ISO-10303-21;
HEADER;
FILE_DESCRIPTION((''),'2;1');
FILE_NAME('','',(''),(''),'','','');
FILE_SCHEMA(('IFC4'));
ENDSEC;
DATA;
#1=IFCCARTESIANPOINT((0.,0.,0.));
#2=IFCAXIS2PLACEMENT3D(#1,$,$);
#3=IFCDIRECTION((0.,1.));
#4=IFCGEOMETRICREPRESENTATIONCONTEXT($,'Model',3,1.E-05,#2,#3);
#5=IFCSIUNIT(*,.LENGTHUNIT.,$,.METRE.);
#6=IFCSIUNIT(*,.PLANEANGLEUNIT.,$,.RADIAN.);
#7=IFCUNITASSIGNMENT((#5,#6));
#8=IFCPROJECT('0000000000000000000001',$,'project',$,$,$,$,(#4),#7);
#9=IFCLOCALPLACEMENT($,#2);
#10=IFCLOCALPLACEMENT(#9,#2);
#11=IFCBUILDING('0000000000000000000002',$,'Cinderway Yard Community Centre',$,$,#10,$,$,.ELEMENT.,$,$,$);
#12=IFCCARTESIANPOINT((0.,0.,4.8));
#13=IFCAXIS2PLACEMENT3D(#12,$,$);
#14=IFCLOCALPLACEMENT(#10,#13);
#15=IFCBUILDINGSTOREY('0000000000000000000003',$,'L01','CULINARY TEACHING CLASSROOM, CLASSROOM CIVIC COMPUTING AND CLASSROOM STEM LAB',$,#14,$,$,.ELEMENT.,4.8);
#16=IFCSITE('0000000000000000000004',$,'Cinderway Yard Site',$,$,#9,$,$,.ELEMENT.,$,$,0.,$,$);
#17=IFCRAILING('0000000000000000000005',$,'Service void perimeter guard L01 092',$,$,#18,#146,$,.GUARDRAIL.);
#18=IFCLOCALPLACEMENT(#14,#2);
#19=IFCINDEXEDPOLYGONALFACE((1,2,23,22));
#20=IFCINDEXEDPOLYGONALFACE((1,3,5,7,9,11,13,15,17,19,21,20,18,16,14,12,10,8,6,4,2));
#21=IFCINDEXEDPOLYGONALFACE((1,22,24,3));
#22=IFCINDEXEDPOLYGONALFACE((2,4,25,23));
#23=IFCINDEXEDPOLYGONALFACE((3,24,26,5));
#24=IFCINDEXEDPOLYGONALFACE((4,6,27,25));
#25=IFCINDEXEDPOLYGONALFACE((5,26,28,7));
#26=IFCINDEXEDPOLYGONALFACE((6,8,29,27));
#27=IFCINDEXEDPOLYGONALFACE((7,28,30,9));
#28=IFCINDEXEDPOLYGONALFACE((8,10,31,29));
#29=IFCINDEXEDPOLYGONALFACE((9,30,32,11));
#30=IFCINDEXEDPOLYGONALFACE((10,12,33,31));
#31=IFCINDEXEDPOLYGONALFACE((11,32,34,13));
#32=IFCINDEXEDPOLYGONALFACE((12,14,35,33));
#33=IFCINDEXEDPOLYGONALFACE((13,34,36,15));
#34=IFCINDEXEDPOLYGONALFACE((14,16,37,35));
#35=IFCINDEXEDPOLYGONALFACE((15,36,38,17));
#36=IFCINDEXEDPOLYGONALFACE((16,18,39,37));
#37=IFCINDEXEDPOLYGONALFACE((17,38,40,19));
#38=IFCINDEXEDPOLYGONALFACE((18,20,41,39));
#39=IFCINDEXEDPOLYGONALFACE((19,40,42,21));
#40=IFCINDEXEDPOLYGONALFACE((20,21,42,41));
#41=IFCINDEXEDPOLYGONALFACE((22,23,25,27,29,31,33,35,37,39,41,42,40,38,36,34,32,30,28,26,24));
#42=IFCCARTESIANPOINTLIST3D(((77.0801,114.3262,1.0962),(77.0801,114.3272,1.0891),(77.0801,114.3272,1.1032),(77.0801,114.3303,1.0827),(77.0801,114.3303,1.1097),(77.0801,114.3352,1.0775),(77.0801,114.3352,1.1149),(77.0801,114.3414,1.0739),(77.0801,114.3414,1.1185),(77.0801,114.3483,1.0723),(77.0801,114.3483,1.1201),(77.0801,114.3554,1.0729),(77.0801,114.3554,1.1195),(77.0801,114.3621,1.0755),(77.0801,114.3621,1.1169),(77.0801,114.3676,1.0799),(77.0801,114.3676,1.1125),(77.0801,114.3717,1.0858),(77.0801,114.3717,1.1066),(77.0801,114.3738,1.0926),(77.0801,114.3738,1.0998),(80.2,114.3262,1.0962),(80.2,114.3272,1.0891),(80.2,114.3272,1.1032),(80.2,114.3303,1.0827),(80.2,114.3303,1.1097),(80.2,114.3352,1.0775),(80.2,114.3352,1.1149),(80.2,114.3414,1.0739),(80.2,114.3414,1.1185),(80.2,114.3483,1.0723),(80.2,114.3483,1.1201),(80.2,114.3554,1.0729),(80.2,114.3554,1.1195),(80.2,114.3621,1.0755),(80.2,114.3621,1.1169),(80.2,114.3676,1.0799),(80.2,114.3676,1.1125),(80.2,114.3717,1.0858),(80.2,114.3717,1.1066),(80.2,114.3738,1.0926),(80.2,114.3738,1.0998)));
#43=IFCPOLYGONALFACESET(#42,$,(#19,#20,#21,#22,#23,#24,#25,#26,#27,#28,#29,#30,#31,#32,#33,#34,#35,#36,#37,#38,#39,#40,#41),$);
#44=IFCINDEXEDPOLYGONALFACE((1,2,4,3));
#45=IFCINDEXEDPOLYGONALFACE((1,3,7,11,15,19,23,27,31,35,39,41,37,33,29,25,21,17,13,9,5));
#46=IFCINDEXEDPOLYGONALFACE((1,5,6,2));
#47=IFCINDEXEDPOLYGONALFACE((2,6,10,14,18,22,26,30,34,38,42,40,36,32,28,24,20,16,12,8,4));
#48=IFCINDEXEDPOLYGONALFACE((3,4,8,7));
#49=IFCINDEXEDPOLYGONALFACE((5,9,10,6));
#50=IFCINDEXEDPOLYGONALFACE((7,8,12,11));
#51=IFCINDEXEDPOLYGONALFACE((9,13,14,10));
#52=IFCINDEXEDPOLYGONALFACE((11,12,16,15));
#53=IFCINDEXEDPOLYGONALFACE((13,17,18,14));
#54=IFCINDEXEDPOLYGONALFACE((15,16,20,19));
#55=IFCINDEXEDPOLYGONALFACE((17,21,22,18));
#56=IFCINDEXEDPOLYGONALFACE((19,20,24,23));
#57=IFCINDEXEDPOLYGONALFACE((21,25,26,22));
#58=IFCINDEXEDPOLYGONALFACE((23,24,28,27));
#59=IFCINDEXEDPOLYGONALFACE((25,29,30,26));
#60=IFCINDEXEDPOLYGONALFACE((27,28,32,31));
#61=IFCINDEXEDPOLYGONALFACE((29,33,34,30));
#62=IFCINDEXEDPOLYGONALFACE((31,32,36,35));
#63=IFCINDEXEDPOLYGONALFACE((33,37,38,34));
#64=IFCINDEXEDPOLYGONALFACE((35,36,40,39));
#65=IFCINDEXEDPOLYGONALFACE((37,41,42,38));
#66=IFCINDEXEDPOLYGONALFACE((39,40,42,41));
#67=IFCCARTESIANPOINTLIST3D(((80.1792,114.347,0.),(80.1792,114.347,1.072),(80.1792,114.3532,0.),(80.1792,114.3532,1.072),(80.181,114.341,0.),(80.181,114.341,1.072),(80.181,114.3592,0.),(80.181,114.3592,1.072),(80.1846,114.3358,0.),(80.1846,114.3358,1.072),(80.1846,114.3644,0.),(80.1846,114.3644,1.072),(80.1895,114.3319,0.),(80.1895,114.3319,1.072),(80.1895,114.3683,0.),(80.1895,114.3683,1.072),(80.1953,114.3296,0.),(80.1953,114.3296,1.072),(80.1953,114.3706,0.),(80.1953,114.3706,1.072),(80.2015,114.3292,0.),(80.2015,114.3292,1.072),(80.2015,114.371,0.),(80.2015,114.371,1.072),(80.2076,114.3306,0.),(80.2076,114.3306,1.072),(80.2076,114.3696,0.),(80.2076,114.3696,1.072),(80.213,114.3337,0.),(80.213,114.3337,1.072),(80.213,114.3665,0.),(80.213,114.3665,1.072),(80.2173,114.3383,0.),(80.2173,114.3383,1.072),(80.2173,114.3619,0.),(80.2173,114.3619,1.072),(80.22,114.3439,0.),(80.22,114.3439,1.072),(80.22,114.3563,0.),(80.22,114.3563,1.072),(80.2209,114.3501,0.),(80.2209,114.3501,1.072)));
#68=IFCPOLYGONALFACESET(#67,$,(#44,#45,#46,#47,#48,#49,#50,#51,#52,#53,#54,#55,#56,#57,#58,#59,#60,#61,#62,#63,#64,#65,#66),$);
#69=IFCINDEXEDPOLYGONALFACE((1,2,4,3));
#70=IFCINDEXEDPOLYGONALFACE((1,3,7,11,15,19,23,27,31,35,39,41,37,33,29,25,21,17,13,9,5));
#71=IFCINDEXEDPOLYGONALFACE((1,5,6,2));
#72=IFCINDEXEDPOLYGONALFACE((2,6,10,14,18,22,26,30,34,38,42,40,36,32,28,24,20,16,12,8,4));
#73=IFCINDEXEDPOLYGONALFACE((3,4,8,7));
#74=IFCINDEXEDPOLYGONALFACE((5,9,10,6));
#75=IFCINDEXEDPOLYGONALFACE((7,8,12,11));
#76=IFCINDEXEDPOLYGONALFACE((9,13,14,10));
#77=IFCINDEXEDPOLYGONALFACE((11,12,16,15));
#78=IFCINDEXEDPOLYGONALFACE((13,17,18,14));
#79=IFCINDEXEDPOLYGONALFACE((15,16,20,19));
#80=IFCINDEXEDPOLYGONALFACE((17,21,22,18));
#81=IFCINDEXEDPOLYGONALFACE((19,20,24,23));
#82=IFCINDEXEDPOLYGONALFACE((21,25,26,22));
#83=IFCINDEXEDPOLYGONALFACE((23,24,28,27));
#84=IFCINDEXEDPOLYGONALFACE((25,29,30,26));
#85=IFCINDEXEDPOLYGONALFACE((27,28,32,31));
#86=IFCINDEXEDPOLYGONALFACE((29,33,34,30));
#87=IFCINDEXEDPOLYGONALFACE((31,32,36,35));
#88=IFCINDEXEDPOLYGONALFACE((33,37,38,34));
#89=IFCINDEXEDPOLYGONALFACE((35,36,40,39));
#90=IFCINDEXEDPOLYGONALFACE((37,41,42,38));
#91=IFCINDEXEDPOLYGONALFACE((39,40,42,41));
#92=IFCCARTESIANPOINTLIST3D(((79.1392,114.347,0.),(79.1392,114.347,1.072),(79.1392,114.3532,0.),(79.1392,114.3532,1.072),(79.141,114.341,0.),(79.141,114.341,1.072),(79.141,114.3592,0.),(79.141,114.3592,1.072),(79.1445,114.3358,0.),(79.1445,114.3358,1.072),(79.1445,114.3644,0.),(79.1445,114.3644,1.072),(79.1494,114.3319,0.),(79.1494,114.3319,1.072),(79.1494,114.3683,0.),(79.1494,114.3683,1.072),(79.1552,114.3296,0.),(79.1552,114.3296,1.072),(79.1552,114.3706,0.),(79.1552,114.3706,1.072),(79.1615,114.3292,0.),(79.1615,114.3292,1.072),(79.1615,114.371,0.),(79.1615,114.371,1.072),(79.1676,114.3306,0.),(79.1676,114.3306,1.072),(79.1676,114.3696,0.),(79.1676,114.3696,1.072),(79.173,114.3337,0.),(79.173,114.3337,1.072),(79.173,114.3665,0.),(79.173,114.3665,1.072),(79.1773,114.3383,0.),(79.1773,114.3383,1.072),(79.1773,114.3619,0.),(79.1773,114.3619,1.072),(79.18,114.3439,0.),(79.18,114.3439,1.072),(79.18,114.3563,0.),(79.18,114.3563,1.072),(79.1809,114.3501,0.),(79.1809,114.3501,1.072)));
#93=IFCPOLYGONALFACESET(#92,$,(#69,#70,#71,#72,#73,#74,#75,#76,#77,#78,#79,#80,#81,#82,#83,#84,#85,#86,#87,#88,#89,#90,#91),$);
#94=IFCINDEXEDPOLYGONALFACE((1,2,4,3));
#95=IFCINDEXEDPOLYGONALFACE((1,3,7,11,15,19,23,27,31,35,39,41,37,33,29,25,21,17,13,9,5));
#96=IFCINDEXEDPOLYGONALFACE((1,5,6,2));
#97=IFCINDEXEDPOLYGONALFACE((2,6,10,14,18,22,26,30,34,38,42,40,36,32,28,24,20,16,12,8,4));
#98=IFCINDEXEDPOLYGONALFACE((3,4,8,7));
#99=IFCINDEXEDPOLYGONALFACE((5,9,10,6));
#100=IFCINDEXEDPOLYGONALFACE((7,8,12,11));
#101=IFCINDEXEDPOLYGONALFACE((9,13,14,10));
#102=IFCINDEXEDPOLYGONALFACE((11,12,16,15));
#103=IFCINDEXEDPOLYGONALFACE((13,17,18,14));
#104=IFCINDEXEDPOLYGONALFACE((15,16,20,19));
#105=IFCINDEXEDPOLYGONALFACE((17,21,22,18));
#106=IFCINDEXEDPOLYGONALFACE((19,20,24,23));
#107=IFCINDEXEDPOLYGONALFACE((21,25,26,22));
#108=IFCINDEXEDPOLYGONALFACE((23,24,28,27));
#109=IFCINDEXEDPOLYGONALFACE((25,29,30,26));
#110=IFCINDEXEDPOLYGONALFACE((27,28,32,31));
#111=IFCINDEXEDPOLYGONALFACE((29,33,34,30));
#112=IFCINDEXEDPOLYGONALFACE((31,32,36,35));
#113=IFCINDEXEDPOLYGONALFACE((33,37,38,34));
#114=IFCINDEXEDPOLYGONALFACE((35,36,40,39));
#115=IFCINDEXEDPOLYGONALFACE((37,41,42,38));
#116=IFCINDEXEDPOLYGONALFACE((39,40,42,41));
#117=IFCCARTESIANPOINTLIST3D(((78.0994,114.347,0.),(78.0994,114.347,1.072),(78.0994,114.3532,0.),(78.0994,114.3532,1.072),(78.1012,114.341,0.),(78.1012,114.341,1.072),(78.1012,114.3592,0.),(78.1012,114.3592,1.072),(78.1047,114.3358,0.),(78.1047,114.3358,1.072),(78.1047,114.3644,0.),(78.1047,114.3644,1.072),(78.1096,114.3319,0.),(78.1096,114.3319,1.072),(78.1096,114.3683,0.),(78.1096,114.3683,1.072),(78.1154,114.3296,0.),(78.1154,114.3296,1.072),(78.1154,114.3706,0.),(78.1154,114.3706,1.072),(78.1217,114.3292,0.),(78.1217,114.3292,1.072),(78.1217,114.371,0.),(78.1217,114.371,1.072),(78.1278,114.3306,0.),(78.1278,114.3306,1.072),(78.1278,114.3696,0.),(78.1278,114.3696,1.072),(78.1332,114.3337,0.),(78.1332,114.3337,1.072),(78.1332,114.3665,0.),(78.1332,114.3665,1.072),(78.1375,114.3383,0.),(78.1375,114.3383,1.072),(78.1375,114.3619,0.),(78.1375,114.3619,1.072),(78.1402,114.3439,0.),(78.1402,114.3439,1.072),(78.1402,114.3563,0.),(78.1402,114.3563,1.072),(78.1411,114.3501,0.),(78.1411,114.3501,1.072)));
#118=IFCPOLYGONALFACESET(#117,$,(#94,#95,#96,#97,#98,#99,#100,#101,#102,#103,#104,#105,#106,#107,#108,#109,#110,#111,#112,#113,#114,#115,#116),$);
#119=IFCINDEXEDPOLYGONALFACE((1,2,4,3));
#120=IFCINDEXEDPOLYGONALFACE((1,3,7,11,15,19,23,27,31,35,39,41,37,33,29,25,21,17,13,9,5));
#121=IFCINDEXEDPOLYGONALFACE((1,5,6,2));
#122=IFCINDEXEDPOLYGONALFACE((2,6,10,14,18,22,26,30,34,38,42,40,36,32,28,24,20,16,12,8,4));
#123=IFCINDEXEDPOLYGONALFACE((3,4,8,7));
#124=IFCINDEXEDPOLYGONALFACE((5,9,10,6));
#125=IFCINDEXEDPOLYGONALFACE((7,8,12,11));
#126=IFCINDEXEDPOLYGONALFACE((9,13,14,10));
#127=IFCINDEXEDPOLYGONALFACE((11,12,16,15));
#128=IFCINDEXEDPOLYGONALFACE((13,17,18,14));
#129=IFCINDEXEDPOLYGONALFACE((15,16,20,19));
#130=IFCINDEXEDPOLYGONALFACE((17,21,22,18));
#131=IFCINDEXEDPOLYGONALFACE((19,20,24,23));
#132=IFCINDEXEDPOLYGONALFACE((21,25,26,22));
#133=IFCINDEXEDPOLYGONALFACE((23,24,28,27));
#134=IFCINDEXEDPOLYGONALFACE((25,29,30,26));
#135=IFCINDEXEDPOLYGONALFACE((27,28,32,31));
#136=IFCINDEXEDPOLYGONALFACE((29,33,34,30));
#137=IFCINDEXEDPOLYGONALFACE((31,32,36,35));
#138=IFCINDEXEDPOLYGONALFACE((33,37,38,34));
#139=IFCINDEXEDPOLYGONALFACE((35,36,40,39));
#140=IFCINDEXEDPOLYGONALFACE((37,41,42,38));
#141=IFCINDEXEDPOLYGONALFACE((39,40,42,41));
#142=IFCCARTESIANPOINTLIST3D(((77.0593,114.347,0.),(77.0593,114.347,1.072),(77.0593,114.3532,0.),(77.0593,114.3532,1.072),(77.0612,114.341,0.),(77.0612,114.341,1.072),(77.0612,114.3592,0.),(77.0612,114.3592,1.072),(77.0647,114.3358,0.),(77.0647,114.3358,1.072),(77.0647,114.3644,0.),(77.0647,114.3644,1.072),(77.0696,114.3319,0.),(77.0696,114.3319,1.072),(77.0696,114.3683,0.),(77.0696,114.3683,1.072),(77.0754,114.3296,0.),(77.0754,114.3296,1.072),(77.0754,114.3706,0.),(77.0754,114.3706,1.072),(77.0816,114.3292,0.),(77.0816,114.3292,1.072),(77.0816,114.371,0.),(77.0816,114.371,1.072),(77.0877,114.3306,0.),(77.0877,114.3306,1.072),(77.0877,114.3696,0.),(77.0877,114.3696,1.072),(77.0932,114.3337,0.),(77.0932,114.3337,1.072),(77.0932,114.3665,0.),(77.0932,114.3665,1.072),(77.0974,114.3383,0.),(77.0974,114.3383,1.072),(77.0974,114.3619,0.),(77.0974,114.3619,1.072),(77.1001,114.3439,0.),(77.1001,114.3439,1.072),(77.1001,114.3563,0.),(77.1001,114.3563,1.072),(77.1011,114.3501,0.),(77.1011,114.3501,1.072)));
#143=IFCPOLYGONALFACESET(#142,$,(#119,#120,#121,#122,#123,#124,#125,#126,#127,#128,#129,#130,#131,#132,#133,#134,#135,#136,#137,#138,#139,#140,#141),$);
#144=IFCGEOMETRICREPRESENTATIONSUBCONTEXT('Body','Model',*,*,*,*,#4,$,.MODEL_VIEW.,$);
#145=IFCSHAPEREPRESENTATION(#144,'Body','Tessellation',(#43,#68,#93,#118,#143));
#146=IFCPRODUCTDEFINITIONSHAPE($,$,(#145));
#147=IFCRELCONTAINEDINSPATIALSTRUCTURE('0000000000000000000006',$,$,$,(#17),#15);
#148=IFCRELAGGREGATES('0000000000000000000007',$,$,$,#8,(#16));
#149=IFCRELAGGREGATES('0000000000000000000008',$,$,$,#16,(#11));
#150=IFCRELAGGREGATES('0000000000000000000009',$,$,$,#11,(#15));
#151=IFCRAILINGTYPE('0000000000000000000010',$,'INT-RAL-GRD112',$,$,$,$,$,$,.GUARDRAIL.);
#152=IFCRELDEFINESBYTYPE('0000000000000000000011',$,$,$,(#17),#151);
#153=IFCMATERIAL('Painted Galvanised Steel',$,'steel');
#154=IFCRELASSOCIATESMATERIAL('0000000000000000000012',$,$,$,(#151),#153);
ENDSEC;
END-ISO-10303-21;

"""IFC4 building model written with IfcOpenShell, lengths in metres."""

from ifc_helpers import new_model, si_unit, direction, frame, origin, origin_2d, place, context, subcontext, project, spatial, circle, extrude, material, type_object, element, save


model = new_model("IFC4")

# Units and contexts
model_context = context("Model", 3, precision=1e-05, world=origin(), true_north=direction((0.0, 1.0)))
body_context = subcontext(model_context, "Body", "Model", "MODEL_VIEW")
ifc_project = project(units=[si_unit("LENGTHUNIT", "METRE"), si_unit("PLANEANGLEUNIT", "RADIAN")], contexts=[model_context])

# Site, building, storey
site_placement = place(None, origin())
site = spatial("IfcSite", under=ifc_project, at=site_placement, Name="Cinderway Yard Site", CompositionType="ELEMENT", RefElevation=0.0)
building_placement = place(site_placement, origin())
building = spatial("IfcBuilding", under=site, at=building_placement, Name="Cinderway Yard Community Centre", CompositionType="ELEMENT")
storey_placement = place(building_placement, frame((0.0, 0.0, 4.8)))
storey = spatial("IfcBuildingStorey", under=building, at=storey_placement, Name="L01", Description="CULINARY TEACHING CLASSROOM, CLASSROOM CIVIC COMPUTING AND CLASSROOM STEM LAB", CompositionType="ELEMENT", Elevation=4.8)

# Shared definitions
ifc_material_1 = material(Name="Painted Galvanised Steel", Category="steel")

# Railing
railing_type_1 = type_object("IfcRailingType", Name="INT-RAL-GRD112", PredefinedType="GUARDRAIL", material=ifc_material_1)
railing_1_placement = place(storey_placement, frame((80.2, 114.3501, 0.0)))
element("IfcRailing", 1, at=railing_1_placement, inside=storey, type_object=railing_type_1, Name="Service void perimeter guard L01 092", PredefinedType="GUARDRAIL", context=body_context, shape_type="SweptSolid", body=[
    extrude(circle(Radius=0.0239, at=origin_2d()), frame((0.0, 0.0, 1.0962), z_axis=(-1.0, 0.0, 0.0), x_axis=(0.0, -1.0, 0.0)), (0.0, 0.0, 1.0), 3.1199),
    extrude(circle(Radius=0.021, at=origin_2d()), origin(), (0.0, 0.0, 1.0), 1.072),
    extrude(circle(Radius=0.021, at=origin_2d()), frame((-1.04, 0.0, 0.0)), (0.0, 0.0, 1.0), 1.072),
    extrude(circle(Radius=0.021, at=origin_2d()), frame((-2.0798, 0.0, 0.0)), (0.0, 0.0, 1.0), 1.072),
    extrude(circle(Radius=0.021, at=origin_2d()), frame((-3.1199, 0.0, 0.0)), (0.0, 0.0, 1.0), 1.072),
])

save(model, "model.ifc")
